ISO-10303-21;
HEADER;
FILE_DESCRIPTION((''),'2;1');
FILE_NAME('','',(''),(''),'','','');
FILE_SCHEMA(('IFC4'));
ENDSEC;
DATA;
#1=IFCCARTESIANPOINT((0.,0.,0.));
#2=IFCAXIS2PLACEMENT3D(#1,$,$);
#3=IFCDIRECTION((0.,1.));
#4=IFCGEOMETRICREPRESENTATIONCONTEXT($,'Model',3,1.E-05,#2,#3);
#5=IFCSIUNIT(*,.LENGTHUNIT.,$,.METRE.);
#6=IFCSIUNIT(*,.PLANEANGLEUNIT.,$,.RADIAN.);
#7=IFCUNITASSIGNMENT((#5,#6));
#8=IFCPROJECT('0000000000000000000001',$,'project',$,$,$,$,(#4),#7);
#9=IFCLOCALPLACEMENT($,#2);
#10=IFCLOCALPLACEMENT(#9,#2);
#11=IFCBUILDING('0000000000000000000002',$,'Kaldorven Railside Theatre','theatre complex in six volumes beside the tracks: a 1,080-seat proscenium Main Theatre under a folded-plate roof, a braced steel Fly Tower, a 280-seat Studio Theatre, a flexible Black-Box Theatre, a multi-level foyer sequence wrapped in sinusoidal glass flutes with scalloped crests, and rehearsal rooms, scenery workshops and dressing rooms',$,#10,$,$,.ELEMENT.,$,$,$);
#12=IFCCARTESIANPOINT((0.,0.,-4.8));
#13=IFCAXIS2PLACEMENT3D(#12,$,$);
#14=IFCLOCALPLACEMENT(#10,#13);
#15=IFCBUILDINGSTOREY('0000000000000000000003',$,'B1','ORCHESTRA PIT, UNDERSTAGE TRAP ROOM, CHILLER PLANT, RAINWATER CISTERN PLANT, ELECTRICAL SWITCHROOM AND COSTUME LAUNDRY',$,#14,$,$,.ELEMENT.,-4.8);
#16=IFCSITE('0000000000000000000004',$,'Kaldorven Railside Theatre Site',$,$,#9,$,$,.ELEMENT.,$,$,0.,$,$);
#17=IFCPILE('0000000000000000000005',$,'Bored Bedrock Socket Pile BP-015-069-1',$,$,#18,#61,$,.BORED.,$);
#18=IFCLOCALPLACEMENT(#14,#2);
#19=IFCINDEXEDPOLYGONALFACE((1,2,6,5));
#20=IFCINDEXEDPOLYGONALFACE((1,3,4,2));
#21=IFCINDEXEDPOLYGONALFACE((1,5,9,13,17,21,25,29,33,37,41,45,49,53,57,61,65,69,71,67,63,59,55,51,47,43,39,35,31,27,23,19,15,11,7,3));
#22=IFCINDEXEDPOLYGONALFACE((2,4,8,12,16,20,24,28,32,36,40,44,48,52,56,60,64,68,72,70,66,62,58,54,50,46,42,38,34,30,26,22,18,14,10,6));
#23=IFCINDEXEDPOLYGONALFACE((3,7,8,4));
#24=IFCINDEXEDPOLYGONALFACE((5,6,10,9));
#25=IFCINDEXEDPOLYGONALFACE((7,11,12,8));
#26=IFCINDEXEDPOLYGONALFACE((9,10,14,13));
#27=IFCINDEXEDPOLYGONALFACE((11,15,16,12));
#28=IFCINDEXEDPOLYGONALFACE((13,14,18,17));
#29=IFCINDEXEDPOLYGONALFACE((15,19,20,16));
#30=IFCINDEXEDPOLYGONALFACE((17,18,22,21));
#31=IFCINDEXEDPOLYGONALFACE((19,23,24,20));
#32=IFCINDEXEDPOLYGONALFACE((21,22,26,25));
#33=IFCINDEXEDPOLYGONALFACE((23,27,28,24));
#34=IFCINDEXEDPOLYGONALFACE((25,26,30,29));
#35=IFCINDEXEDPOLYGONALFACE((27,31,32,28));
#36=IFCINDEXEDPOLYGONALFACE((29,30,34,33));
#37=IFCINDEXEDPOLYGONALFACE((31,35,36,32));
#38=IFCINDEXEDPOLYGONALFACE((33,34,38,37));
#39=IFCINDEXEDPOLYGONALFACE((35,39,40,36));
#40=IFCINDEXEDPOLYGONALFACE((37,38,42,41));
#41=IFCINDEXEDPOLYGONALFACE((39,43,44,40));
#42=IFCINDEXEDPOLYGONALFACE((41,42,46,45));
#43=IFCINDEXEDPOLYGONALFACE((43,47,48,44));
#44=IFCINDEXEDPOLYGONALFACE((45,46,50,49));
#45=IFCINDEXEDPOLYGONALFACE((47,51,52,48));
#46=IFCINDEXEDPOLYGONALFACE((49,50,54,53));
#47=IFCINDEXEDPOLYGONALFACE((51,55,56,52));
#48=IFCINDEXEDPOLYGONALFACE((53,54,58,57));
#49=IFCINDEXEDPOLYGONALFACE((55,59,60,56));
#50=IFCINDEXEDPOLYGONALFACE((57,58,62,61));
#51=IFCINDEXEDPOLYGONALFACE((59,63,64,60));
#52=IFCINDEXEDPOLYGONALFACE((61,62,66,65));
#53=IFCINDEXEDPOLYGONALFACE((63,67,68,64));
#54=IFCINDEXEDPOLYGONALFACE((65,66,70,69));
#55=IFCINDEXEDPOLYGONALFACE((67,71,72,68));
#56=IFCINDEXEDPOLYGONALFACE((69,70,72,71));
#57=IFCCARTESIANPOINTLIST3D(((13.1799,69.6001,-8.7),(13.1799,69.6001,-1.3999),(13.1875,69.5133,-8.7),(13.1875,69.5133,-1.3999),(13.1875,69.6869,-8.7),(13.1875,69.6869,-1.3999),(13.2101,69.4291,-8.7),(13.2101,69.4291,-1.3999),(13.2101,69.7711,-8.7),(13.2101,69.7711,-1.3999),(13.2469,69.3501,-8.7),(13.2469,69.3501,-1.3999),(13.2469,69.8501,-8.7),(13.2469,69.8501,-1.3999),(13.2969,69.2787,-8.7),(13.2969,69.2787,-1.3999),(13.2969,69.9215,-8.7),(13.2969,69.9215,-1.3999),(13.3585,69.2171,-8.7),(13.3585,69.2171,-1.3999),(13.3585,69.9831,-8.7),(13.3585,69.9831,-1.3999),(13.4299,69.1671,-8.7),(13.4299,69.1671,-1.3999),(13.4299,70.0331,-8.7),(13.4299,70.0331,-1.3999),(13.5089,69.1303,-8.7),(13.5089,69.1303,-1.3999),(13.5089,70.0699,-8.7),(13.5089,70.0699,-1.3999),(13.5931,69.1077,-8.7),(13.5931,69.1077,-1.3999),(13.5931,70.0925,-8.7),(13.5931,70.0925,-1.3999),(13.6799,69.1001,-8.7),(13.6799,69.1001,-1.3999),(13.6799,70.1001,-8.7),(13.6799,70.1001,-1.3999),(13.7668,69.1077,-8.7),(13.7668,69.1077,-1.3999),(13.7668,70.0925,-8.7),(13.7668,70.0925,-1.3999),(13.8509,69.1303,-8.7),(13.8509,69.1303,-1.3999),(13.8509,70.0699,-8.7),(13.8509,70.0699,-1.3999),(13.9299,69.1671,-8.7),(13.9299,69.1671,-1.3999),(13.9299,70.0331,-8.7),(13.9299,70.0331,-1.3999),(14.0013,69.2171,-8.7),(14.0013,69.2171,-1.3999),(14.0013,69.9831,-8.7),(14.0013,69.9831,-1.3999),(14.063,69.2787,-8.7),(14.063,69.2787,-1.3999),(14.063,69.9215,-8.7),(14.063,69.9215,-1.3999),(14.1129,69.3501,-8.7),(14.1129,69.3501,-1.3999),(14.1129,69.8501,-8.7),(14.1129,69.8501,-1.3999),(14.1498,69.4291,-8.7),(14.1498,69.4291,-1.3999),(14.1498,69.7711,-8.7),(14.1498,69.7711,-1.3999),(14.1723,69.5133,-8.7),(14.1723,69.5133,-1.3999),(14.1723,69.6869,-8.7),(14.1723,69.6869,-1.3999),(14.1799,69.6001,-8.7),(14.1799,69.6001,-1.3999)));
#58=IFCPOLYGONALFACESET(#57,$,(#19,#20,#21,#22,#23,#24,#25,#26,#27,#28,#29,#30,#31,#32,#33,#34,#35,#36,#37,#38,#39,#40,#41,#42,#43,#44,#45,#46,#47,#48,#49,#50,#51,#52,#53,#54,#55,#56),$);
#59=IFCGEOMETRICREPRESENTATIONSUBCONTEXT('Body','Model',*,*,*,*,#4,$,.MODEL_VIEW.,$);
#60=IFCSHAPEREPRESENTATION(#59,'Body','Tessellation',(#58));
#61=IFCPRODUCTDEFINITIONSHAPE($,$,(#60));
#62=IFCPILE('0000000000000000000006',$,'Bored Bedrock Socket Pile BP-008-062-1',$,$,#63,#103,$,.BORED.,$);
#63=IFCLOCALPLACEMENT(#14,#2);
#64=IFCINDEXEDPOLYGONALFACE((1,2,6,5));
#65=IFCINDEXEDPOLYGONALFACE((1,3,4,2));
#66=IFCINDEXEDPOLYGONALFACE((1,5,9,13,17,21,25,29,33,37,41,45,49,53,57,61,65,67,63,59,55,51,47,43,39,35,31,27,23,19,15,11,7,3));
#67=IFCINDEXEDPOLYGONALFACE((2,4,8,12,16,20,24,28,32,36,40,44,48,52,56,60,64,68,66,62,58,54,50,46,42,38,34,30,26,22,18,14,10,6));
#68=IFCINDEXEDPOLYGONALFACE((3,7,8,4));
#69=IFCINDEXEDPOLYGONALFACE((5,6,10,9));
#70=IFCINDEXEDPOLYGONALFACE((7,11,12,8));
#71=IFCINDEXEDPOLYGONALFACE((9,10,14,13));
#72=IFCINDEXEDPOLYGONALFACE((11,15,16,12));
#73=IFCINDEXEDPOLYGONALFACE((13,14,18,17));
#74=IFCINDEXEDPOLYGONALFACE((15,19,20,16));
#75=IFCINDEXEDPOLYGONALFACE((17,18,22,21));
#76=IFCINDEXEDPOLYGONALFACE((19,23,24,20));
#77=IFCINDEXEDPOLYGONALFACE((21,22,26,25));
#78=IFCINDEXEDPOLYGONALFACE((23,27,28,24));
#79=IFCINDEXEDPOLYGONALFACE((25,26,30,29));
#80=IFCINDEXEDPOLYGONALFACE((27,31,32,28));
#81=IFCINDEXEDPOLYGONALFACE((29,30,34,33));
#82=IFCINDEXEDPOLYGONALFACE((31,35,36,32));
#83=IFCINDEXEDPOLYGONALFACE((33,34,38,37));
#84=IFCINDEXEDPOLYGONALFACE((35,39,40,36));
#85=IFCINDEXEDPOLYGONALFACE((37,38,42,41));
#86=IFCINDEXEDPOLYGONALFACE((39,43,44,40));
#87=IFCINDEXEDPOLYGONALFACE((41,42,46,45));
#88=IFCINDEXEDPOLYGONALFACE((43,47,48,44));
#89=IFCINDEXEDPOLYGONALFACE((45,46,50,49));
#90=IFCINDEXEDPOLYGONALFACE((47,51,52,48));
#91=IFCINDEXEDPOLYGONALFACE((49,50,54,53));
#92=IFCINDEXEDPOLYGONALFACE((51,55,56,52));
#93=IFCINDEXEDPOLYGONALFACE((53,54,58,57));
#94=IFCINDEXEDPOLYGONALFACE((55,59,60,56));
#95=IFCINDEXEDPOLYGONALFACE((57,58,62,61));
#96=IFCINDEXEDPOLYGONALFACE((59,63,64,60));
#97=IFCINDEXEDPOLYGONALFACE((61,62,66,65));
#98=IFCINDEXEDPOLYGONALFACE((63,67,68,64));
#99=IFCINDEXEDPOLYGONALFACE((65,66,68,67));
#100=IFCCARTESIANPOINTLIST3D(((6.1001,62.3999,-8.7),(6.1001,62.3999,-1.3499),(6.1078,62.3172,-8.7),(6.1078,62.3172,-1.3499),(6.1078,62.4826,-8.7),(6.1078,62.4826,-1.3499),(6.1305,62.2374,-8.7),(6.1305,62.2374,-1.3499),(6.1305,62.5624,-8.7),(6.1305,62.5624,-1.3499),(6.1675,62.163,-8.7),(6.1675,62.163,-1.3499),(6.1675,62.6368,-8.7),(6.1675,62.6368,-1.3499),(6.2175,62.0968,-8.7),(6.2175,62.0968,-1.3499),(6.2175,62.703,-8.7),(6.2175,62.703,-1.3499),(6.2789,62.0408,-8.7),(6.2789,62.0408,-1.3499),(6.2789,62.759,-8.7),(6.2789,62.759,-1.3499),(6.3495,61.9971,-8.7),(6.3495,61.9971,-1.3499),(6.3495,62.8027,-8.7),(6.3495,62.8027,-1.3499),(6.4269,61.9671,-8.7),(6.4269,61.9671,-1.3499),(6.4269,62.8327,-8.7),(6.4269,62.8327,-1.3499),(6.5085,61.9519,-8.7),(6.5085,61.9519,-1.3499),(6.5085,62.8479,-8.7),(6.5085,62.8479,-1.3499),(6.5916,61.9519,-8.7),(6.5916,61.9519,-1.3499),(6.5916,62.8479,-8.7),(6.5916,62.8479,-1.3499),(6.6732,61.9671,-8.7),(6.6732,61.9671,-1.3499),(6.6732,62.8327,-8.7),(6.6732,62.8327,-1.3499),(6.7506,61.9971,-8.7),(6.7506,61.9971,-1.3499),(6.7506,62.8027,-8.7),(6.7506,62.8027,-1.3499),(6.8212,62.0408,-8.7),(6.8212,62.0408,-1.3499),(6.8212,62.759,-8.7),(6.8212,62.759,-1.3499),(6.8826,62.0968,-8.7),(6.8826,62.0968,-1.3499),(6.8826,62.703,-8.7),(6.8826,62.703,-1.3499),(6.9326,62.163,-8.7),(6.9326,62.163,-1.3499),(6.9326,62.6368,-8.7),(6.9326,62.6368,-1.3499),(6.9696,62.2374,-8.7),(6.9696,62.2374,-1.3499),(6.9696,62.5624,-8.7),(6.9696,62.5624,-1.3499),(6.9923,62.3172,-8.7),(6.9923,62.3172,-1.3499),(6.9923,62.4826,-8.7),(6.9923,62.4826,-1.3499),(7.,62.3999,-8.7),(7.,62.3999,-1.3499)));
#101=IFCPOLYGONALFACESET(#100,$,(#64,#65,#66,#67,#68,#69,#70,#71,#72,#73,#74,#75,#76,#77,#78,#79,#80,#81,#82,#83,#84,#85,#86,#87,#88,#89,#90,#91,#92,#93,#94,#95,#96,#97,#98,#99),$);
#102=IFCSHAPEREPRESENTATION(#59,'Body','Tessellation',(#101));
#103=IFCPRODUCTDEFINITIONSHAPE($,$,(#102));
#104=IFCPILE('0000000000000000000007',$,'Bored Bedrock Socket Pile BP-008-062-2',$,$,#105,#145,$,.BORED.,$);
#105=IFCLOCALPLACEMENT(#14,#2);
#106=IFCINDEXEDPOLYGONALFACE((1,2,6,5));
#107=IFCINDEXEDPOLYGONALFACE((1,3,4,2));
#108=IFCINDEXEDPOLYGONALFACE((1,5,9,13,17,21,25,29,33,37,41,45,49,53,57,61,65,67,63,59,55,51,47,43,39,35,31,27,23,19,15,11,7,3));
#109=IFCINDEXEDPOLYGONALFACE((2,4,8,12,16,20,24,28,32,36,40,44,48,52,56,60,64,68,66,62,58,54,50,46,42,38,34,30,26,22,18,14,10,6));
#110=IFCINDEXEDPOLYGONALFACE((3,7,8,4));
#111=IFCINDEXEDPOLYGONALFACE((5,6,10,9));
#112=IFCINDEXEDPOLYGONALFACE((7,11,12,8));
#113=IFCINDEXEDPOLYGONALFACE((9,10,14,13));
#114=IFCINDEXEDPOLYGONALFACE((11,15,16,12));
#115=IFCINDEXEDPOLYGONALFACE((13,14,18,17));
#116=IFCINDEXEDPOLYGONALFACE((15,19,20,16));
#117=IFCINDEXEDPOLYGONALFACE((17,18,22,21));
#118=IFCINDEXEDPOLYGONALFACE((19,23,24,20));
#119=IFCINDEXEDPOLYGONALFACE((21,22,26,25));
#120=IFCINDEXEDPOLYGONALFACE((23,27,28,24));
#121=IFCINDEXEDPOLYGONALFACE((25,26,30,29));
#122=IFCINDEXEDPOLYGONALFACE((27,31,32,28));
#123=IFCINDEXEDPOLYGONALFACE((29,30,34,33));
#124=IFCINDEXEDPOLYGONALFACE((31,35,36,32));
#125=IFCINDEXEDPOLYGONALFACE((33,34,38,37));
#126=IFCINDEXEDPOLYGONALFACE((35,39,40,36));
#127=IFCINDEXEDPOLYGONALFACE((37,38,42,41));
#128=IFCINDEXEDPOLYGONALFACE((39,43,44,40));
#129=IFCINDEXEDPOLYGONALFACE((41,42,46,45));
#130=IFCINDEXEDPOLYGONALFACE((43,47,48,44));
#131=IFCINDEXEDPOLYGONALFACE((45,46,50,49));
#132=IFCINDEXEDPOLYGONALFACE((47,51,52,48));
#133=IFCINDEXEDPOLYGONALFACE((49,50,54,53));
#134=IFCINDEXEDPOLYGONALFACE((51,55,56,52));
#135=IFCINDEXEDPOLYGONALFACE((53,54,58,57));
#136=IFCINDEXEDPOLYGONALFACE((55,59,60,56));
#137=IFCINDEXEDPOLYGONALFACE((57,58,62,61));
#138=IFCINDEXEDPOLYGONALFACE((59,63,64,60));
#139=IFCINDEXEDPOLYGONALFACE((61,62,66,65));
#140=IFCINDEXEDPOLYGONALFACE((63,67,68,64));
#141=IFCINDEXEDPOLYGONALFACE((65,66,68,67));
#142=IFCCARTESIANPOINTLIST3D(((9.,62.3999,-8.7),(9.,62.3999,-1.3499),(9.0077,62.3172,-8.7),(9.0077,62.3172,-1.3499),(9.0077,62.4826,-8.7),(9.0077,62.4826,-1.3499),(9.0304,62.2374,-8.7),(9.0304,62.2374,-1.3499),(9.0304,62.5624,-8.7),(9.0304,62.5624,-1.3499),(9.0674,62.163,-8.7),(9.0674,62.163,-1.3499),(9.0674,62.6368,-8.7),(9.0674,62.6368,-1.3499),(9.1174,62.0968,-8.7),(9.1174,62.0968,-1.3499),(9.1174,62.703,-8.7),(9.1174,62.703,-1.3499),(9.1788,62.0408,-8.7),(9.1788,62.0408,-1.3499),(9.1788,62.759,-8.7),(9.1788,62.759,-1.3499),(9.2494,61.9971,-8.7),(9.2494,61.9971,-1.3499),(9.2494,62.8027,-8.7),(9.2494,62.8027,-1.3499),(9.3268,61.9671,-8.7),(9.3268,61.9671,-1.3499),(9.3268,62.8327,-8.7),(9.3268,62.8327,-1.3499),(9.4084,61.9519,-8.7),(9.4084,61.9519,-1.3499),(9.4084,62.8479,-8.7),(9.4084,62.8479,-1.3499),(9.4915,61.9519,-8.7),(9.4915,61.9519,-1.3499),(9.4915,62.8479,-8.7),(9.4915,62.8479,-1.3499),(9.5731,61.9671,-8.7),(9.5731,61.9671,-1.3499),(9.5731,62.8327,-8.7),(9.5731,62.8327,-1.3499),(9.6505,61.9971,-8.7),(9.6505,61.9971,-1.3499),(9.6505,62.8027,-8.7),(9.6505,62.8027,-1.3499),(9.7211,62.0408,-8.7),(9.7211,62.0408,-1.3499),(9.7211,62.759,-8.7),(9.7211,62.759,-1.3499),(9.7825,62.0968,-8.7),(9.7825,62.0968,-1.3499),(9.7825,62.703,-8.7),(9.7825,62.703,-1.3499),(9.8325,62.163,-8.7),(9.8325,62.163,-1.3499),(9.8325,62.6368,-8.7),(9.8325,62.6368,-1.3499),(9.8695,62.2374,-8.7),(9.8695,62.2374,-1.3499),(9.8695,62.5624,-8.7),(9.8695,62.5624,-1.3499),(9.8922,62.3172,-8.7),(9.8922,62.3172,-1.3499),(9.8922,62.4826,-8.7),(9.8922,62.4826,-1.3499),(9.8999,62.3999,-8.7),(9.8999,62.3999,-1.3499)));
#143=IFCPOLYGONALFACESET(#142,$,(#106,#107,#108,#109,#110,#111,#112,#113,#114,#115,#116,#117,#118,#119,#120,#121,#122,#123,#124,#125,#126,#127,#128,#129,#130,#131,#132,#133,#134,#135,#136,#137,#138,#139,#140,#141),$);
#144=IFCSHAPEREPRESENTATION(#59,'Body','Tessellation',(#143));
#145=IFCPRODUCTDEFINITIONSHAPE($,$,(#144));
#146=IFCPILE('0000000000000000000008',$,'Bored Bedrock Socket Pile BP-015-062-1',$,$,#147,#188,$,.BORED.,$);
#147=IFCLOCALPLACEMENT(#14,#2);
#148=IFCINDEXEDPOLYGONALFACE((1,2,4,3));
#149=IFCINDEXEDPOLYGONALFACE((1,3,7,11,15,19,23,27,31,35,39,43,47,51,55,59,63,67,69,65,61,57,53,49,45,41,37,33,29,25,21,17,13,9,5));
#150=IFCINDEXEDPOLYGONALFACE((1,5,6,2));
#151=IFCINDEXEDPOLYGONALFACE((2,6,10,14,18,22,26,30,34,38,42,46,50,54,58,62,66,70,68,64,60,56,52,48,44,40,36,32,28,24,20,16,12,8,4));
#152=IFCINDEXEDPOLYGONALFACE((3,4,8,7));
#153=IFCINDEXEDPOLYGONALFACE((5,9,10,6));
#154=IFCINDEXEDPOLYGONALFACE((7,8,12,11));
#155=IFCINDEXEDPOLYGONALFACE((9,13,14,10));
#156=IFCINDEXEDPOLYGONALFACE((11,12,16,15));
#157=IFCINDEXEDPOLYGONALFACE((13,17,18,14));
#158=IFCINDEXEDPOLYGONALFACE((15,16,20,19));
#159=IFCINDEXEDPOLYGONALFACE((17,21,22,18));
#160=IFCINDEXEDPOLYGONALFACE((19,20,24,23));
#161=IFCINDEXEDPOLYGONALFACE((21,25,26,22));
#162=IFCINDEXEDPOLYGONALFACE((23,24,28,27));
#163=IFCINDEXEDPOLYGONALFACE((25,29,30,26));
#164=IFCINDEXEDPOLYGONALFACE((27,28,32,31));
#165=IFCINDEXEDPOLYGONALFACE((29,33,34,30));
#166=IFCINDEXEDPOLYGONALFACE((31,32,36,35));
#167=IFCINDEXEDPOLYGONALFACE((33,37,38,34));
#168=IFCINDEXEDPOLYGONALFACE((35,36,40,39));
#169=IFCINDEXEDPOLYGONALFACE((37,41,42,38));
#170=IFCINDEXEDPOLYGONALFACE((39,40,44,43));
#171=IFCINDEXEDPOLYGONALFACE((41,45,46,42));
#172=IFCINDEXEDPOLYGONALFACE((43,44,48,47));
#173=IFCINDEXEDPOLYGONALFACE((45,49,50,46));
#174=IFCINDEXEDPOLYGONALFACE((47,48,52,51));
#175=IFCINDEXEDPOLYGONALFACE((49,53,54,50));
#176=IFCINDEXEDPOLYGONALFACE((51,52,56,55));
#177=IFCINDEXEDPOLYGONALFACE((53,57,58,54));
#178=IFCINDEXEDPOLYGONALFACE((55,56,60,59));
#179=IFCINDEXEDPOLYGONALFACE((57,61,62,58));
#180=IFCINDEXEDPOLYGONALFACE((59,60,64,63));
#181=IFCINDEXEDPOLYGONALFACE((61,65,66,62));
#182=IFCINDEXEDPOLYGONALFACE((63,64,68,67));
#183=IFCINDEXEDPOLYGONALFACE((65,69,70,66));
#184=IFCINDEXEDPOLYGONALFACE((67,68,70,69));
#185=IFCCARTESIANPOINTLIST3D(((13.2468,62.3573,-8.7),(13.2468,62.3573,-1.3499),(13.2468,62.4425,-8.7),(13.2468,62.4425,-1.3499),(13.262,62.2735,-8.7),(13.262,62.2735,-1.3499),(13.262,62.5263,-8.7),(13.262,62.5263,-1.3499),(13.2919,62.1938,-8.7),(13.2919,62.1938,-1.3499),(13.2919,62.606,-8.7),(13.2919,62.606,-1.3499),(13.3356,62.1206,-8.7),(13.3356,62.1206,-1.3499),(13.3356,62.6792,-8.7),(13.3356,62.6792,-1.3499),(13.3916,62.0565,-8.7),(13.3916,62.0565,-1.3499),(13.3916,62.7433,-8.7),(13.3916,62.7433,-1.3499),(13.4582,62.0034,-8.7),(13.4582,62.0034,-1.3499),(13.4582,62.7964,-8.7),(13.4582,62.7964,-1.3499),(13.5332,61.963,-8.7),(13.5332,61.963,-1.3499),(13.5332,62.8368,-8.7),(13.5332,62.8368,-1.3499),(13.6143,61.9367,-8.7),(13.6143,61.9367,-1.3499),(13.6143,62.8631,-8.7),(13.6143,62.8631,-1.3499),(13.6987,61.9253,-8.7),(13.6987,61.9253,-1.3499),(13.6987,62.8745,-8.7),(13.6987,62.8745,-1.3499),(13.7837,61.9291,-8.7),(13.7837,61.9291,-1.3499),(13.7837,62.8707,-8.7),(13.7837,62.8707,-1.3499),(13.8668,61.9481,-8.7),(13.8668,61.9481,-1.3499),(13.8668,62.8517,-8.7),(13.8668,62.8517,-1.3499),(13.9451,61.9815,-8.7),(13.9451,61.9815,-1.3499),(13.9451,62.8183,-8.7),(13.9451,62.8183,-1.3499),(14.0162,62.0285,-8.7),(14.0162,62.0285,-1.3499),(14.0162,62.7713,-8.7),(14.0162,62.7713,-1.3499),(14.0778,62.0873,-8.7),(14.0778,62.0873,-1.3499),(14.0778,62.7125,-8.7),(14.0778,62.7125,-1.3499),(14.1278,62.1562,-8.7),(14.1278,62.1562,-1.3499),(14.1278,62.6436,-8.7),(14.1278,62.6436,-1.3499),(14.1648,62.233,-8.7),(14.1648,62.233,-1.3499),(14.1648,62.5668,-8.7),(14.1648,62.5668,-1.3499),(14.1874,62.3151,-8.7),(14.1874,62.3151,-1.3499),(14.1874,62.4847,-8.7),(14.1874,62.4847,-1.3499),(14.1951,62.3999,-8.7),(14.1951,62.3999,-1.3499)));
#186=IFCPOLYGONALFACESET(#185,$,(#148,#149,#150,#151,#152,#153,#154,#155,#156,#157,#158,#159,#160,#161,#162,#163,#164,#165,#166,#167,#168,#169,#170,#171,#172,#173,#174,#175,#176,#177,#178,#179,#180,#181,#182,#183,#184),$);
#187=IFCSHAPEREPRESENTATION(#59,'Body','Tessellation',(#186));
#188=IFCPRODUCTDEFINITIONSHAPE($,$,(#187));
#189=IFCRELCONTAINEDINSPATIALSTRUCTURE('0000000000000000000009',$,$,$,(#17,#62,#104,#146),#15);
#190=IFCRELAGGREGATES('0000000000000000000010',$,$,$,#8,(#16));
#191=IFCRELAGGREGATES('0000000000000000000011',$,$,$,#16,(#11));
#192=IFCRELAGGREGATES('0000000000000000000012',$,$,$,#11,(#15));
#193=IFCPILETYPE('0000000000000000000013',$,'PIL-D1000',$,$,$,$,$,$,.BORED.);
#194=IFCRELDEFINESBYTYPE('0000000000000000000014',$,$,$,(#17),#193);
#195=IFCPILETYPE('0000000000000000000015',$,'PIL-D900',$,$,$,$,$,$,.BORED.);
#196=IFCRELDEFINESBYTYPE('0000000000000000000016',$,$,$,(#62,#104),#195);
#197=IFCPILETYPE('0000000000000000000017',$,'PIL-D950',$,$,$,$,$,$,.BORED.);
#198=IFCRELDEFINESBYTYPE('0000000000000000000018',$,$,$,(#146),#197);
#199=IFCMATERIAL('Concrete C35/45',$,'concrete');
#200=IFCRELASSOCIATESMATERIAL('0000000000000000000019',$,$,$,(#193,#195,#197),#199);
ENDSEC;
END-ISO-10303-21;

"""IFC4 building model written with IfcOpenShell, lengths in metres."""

from ifc_helpers import new_model, si_unit, direction, frame, origin, origin_2d, place, context, subcontext, project, spatial, circle, extrude, material, material_profile, profile_set, type_object, element, save


model = new_model("IFC4")

# Units and contexts
model_context = context("Model", 3, precision=1e-05, world=origin(), true_north=direction((0.0, 1.0)))
body_context = subcontext(model_context, "Body", "Model", "MODEL_VIEW")
ifc_project = project(units=[si_unit("LENGTHUNIT", "METRE"), si_unit("PLANEANGLEUNIT", "RADIAN")], contexts=[model_context])

# Site, building, storey
site_placement = place(None, origin())
site = spatial("IfcSite", under=ifc_project, at=site_placement, Name="Kaldorven Railside Theatre Site", CompositionType="ELEMENT", RefElevation=0.0)
building_placement = place(site_placement, origin())
building = spatial("IfcBuilding", under=site, at=building_placement, Name="Kaldorven Railside Theatre", Description="theatre complex in six volumes beside the tracks: a 1,080-seat proscenium Main Theatre under a folded-plate roof, a braced steel Fly Tower, a 280-seat Studio Theatre, a flexible Black-Box Theatre, a multi-level foyer sequence wrapped in sinusoidal glass flutes with scalloped crests, and rehearsal rooms, scenery workshops and dressing rooms", CompositionType="ELEMENT")
storey_placement = place(building_placement, frame((0.0, 0.0, -4.8)))
storey = spatial("IfcBuildingStorey", under=building, at=storey_placement, Name="B1", Description="ORCHESTRA PIT, UNDERSTAGE TRAP ROOM, CHILLER PLANT, RAINWATER CISTERN PLANT, ELECTRICAL SWITCHROOM AND COSTUME LAUNDRY", CompositionType="ELEMENT", Elevation=-4.8)

# Piles
ifc_material_1 = material(Name="Concrete C35/45", Category="concrete")
ifc_material_profile_1 = material_profile(ifc_material_1, circle(Radius=0.5, at=origin_2d()), Name="BP D1000")
ifc_profile_set_1 = profile_set([ifc_material_profile_1], Name="Concrete C35/45")
pile_type_1 = type_object("IfcPileType", Name="PIL-D1000", PredefinedType="BORED", material=ifc_profile_set_1)
pile_placement = place(storey_placement, frame((13.6799, 69.6001, -1.3999), z_axis=(0.0, 0.0, -1.0), x_axis=(1.0, 0.0, 0.0)))
element("IfcPile", 1, at=pile_placement, inside=storey, type_object=pile_type_1, Name="Bored Bedrock Socket Pile BP-015-069-1", PredefinedType="BORED", context=body_context, shape_type="SweptSolid", body=[
    extrude(circle(Radius=0.5, at=origin_2d()), origin(), (0.0, 0.0, 1.0), 7.3),
])
ifc_material_profile_2 = material_profile(ifc_material_1, circle(Radius=0.45, at=origin_2d()), Name="BP D900")
ifc_profile_set_2 = profile_set([ifc_material_profile_2], Name="Concrete C35/45")
pile_type_2 = type_object("IfcPileType", Name="PIL-D900", PredefinedType="BORED", material=ifc_profile_set_2)
for number, where, z_axis, x_axis, name in (
    (2, (6.55, 62.3999, -1.3499), (0.0, 0.0, -1.0), (1.0, 0.0, 0.0), "Bored Bedrock Socket Pile BP-008-062-1"),
    (3, (9.45, 62.3999, -1.3499), (0.0, 0.0, -1.0), (1.0, 0.0, 0.0), "Bored Bedrock Socket Pile BP-008-062-2"),
):
    element("IfcPile", number, at=place(storey_placement, frame(where, z_axis=z_axis, x_axis=x_axis)), inside=storey, type_object=pile_type_2, Name=name, PredefinedType="BORED", context=body_context, shape_type="SweptSolid", body=[
        extrude(circle(Radius=0.45, at=origin_2d()), origin(), (0.0, 0.0, 1.0), 7.3501),
    ])
ifc_material_profile_3 = material_profile(ifc_material_1, circle(Radius=0.4751, at=origin_2d()), Name="BP D950")
ifc_profile_set_3 = profile_set([ifc_material_profile_3], Name="Concrete C35/45")
pile_type_3 = type_object("IfcPileType", Name="PIL-D950", PredefinedType="BORED", material=ifc_profile_set_3)
for number, where, z_axis, x_axis, name in (
    (4, (13.72, 62.3999, -1.3499), (0.0, 0.0, -1.0), (1.0, 0.0, 0.0), "Bored Bedrock Socket Pile BP-015-062-1"),
):
    element("IfcPile", number, at=place(storey_placement, frame(where, z_axis=z_axis, x_axis=x_axis)), inside=storey, type_object=pile_type_3, Name=name, PredefinedType="BORED", context=body_context, shape_type="SweptSolid", body=[
        extrude(circle(Radius=0.4751, at=origin_2d()), origin(), (0.0, 0.0, 1.0), 7.3501),
    ])

save(model, "model.ifc")
